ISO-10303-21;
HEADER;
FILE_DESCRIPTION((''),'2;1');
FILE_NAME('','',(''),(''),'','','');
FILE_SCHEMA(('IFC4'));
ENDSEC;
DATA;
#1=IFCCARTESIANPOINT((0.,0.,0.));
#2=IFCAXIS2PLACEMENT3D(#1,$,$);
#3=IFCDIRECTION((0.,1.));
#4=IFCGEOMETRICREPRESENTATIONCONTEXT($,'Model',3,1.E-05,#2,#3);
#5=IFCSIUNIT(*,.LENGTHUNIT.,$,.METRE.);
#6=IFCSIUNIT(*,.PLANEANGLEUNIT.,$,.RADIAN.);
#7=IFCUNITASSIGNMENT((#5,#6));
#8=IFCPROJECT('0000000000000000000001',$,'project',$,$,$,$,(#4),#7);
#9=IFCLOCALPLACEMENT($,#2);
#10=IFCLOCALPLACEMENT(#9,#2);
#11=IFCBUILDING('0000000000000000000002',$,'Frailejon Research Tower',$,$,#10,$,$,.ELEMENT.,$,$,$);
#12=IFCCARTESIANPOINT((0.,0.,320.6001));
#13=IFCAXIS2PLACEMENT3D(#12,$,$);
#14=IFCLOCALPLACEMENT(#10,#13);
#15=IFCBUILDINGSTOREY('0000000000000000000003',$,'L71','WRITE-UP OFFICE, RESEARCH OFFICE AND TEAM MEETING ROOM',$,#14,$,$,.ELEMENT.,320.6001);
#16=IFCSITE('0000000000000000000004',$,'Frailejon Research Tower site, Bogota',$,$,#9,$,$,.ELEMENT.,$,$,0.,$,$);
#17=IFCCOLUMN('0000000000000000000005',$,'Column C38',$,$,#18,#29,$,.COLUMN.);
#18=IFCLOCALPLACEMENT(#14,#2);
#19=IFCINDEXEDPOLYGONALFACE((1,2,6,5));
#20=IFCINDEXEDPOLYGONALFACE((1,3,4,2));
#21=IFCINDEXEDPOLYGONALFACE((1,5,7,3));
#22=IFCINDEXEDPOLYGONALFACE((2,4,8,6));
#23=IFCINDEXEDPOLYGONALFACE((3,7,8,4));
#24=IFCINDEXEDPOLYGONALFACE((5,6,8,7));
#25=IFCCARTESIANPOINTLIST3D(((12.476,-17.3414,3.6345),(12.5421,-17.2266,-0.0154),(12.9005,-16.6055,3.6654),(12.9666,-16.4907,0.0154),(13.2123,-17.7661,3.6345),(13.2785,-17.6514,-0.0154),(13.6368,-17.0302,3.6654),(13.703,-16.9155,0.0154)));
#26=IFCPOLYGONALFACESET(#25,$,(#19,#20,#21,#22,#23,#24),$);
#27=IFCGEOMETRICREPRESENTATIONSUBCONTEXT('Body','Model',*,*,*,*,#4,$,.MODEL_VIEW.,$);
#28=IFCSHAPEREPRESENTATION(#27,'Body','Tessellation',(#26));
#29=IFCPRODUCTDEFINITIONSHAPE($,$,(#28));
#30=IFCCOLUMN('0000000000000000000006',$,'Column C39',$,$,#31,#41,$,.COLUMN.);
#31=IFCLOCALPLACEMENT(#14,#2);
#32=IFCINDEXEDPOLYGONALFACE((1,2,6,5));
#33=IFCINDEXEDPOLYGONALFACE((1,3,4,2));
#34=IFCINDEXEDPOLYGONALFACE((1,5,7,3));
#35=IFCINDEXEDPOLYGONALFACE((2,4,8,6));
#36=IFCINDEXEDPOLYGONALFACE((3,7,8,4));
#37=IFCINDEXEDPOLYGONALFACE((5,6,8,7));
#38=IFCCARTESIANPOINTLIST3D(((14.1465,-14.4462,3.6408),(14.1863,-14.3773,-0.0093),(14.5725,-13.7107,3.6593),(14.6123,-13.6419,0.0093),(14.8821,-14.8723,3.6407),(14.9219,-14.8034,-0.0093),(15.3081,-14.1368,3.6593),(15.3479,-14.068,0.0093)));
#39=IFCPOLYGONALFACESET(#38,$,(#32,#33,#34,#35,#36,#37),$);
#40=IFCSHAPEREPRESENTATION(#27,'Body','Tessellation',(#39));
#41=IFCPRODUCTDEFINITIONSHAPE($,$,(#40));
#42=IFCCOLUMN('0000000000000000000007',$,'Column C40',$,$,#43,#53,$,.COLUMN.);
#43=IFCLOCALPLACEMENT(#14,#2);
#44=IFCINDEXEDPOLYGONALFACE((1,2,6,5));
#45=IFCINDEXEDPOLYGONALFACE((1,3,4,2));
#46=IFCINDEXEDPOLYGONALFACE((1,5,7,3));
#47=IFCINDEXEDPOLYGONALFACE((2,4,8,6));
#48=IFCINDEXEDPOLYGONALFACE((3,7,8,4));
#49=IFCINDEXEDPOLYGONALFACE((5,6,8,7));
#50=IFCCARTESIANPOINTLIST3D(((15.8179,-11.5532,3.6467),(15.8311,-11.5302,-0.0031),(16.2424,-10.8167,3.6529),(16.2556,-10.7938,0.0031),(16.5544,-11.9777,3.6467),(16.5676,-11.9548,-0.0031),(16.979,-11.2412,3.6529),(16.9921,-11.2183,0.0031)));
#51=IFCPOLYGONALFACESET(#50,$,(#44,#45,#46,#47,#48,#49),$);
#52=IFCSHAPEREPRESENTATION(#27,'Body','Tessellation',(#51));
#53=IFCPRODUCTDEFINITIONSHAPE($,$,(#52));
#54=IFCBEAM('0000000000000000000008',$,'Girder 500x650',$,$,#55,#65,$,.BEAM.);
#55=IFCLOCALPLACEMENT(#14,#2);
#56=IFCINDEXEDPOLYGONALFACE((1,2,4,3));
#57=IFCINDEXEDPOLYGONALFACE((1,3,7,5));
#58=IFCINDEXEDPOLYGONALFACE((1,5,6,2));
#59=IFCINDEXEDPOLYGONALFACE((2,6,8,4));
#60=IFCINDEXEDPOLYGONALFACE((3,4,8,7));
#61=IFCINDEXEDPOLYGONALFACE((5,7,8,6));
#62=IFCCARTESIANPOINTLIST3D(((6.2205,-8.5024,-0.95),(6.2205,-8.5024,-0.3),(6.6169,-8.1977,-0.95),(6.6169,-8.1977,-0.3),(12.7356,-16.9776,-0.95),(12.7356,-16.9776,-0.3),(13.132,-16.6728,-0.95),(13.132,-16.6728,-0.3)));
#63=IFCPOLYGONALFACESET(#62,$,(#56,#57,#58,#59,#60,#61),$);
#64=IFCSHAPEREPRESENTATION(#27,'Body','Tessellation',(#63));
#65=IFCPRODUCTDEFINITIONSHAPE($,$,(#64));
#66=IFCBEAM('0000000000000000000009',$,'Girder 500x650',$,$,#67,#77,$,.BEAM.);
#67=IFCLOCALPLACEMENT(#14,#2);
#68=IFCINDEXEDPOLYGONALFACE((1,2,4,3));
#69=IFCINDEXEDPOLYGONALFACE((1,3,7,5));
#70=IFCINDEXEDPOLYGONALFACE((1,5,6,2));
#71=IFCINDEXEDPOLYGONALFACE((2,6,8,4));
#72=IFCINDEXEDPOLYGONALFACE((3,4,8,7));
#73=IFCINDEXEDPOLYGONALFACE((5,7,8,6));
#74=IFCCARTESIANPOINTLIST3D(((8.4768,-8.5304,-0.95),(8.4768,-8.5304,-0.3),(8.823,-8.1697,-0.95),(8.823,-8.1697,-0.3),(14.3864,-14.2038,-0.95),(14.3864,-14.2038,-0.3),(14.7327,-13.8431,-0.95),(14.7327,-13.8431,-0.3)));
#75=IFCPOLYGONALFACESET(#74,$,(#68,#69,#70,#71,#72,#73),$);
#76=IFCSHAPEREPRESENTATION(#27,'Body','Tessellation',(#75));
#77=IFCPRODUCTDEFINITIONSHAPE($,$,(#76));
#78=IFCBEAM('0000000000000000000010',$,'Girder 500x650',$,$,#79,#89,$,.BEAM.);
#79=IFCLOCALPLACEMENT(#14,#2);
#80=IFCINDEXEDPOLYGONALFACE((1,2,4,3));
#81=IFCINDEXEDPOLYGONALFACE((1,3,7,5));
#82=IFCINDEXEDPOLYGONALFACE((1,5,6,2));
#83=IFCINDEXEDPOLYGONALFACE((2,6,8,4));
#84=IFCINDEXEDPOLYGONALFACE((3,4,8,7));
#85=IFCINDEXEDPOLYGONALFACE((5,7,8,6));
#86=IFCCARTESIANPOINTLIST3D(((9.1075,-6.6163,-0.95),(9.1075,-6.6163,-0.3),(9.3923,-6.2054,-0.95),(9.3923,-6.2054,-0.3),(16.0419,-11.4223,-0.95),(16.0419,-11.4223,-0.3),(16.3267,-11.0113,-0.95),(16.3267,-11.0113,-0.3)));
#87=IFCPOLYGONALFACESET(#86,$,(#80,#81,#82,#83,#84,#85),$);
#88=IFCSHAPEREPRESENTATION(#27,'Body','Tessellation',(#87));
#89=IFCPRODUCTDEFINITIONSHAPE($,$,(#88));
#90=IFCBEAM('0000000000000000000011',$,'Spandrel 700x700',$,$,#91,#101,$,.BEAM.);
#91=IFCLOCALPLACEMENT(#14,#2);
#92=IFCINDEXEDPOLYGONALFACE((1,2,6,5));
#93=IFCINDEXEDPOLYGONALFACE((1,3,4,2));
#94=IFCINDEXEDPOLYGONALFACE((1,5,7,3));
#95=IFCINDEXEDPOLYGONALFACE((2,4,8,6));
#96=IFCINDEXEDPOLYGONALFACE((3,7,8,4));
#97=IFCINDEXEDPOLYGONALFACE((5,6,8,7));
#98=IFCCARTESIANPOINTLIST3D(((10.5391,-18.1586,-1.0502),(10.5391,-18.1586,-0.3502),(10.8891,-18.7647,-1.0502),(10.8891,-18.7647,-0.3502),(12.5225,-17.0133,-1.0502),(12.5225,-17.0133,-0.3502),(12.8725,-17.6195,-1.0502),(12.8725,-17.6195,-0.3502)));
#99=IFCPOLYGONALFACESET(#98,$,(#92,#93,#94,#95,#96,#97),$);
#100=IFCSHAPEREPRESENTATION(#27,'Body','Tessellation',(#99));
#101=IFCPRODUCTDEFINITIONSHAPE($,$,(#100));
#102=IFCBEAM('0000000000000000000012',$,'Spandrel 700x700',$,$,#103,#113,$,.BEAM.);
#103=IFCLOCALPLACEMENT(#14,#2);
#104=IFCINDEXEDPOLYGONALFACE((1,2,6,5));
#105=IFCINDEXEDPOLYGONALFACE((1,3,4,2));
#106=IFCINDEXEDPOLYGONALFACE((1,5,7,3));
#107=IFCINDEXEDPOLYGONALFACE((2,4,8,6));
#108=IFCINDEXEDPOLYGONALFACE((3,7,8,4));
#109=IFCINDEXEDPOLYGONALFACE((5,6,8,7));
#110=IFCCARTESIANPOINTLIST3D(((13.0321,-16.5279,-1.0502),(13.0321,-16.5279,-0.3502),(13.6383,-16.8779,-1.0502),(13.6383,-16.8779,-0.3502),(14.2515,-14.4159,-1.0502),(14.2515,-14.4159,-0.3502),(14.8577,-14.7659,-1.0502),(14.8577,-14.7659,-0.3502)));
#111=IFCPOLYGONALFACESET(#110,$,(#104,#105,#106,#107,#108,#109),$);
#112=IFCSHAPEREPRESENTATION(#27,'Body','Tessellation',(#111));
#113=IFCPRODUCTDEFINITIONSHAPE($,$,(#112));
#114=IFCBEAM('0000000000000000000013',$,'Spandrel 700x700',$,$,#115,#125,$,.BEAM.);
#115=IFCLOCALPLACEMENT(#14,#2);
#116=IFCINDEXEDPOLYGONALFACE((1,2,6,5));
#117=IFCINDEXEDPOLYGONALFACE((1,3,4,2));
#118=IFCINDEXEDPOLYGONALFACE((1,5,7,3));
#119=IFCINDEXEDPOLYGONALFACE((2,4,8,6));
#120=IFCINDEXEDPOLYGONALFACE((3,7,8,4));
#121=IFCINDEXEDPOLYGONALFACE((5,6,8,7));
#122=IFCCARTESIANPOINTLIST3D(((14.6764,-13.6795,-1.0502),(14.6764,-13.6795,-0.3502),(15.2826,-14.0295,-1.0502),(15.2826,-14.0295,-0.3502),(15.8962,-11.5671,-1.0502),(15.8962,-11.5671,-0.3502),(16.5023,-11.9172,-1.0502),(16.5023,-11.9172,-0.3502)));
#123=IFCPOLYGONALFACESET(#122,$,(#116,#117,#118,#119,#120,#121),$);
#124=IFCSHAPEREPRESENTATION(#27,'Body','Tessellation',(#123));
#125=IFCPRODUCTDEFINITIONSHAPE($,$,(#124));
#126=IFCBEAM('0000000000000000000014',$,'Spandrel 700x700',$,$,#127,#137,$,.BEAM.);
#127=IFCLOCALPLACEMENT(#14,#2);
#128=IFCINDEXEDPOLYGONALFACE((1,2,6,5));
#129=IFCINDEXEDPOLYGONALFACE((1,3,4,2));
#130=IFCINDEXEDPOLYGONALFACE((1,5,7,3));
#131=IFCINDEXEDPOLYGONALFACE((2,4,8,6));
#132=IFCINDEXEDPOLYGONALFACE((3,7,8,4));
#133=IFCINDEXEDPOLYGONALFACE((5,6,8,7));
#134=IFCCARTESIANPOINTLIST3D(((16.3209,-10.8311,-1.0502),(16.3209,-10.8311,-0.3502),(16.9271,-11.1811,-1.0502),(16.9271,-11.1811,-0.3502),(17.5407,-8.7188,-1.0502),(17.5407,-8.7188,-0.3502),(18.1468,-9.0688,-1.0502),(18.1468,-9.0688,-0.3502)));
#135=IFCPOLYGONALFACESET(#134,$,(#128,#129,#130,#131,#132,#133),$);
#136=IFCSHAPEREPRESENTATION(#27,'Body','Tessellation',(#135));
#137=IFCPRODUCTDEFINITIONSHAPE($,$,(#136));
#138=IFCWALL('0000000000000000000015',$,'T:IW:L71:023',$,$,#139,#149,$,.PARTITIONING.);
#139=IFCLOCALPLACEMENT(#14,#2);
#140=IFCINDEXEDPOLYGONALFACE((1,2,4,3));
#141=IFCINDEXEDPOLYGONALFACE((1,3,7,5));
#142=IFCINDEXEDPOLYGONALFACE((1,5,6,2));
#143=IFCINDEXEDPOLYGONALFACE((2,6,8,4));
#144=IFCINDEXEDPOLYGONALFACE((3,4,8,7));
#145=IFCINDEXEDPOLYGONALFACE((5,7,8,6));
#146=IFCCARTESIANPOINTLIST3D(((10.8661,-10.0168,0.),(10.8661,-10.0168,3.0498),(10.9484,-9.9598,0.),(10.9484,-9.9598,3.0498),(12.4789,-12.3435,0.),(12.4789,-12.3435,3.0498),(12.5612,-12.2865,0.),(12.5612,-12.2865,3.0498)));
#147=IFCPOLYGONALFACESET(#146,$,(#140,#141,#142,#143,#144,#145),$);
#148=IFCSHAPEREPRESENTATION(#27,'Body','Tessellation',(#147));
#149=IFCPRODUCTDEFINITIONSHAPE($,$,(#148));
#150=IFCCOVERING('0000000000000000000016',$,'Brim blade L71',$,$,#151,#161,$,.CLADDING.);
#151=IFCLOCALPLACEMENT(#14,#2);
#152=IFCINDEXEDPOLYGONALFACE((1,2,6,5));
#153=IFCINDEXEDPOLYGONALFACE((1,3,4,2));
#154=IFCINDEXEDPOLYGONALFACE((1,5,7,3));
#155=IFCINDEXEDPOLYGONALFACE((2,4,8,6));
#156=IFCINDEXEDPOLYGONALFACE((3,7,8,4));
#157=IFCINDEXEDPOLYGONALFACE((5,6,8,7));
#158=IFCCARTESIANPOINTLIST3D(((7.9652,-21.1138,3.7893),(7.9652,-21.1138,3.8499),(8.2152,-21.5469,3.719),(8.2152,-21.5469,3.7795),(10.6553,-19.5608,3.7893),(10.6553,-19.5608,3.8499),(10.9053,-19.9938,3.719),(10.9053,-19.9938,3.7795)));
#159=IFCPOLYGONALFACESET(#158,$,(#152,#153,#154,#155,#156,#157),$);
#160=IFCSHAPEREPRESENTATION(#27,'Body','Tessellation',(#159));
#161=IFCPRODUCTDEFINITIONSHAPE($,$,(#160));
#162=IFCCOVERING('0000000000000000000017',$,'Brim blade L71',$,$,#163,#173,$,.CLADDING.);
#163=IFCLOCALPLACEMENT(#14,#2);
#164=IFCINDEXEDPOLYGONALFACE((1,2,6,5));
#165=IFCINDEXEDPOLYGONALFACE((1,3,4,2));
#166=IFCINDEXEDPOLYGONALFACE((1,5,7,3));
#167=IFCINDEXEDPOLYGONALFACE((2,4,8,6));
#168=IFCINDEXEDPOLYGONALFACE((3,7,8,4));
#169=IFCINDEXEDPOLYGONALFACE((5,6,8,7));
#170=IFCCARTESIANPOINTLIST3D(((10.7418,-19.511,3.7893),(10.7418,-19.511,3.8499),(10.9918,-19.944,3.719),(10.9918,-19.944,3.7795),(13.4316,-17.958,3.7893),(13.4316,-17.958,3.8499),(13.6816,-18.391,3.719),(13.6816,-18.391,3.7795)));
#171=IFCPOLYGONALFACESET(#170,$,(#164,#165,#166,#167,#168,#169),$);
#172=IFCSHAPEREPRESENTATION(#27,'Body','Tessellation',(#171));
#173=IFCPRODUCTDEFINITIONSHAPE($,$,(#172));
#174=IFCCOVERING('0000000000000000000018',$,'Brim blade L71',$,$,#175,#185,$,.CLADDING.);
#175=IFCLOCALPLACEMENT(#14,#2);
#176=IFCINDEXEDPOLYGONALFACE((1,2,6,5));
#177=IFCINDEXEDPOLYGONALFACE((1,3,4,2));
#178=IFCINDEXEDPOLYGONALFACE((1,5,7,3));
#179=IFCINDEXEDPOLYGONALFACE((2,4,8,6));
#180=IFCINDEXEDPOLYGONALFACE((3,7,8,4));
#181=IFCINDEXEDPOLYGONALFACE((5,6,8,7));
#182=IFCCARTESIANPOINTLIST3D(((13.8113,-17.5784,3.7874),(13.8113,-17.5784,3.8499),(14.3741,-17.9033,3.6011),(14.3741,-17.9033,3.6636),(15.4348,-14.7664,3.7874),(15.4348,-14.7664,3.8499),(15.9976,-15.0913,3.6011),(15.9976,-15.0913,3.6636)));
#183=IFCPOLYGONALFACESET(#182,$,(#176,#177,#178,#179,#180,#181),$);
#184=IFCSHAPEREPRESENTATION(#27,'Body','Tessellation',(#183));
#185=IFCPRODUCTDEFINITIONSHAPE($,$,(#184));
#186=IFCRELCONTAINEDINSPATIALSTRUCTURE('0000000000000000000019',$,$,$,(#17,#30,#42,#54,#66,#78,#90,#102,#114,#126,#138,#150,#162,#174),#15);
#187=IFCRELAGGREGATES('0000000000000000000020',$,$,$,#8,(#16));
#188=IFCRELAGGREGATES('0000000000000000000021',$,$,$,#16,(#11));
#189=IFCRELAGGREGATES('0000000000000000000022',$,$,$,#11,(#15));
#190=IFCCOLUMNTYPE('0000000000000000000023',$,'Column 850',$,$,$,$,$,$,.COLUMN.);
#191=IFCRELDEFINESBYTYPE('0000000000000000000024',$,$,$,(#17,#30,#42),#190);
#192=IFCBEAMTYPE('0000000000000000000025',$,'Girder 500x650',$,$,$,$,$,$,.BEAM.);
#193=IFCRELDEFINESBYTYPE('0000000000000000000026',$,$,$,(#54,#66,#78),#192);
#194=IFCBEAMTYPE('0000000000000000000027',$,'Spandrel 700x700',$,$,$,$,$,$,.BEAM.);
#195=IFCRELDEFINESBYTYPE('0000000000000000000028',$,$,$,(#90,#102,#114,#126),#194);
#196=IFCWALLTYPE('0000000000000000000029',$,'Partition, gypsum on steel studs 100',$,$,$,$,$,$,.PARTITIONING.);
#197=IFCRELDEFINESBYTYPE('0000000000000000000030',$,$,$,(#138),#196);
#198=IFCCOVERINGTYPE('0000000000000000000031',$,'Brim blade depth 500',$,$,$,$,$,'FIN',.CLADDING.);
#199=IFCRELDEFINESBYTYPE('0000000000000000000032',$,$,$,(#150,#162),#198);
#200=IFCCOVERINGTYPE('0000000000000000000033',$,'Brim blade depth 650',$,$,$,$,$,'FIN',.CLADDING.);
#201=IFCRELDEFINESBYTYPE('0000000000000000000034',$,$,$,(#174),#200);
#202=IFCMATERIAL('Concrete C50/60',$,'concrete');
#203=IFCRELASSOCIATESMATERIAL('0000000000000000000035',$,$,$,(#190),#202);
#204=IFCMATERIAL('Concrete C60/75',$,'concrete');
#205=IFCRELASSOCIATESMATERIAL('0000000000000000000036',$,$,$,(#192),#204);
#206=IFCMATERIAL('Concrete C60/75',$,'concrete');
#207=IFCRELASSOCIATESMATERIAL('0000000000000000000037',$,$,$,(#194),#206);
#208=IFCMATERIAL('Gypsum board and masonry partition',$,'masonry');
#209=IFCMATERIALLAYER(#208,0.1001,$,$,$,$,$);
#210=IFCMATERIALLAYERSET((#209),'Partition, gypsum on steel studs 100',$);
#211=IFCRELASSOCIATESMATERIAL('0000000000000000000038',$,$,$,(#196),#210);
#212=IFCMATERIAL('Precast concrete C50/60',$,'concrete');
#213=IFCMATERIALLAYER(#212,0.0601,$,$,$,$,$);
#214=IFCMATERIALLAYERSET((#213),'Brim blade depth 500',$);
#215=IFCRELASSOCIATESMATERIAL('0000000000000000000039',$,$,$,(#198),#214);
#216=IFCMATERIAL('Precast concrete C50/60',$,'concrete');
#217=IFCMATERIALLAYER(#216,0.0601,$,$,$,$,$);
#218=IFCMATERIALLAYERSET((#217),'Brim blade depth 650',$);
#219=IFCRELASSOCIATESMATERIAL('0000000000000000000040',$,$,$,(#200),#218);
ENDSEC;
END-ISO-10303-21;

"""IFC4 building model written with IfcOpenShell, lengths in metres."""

from ifc_helpers import new_model, si_unit, direction, frame, frame_2d, origin, origin_2d, place, context, subcontext, project, spatial, polyline, rectangle, outline, extrude, material, layer, layer_set, material_profile, profile_set, type_object, element, save


model = new_model("IFC4")

# Units and contexts
model_context = context("Model", 3, precision=1e-05, world=origin(), true_north=direction((0.0, 1.0)))
body_context = subcontext(model_context, "Body", "Model", "MODEL_VIEW")
ifc_project = project(units=[si_unit("LENGTHUNIT", "METRE"), si_unit("PLANEANGLEUNIT", "RADIAN")], contexts=[model_context])

# Site, building, storey
site_placement = place(None, origin())
site = spatial("IfcSite", under=ifc_project, at=site_placement, Name="Frailejon Research Tower site, Bogota", CompositionType="ELEMENT", RefElevation=0.0)
building_placement = place(site_placement, origin())
building = spatial("IfcBuilding", under=site, at=building_placement, Name="Frailejon Research Tower", CompositionType="ELEMENT")
storey_placement = place(building_placement, frame((0.0, 0.0, 320.6001)))
storey = spatial("IfcBuildingStorey", under=building, at=storey_placement, Name="L71", Description="WRITE-UP OFFICE, RESEARCH OFFICE AND TEAM MEETING ROOM", CompositionType="ELEMENT", Elevation=320.6001)

# Columns
ifc_material_1 = material(Name="Concrete C50/60", Category="concrete")
ifc_material_profile_1 = material_profile(ifc_material_1, rectangle(XDim=0.8501, YDim=0.8501, at=origin_2d()), Name="Column 850")
ifc_profile_set_1 = profile_set([ifc_material_profile_1], Name="Concrete C50/60")
column_type = type_object("IfcColumnType", Name="Column 850", PredefinedType="COLUMN", material=ifc_profile_set_1)
column_1_placement = place(storey_placement, frame((13.1226, -17.071, 0.0), z_axis=(-0.018115, -0.031417, 0.999342), x_axis=(0.49934, 0.865647, 0.036266)))
element("IfcColumn", 1, at=column_1_placement, inside=storey, type_object=column_type, Name="Column C38", PredefinedType="COLUMN", context=body_context, shape_type="SweptSolid", body=[
    extrude(rectangle(XDim=0.8501, YDim=0.8501, at=origin_2d()), origin(), (0.0, 0.0, 1.0), 3.6523),
])
column_2_placement = place(storey_placement, frame((14.7671, -14.2227, 0.0), z_axis=(-0.0109, -0.018858, 0.999763), x_axis=(0.501086, 0.865123, 0.021782)))
element("IfcColumn", 2, at=column_2_placement, inside=storey, type_object=column_type, Name="Column C39", PredefinedType="COLUMN", context=body_context, shape_type="SweptSolid", body=[
    extrude(rectangle(XDim=0.8501, YDim=0.8501, at=origin_2d()), origin(), (0.0, 0.0, 1.0), 3.6509),
])
column_3_placement = place(storey_placement, frame((16.4116, -11.3743, 0.0), z_axis=(-0.003612, -0.006287, 0.999974), x_axis=(0.499382, 0.866352, 0.007251)))
element("IfcColumn", 3, at=column_3_placement, inside=storey, type_object=column_type, Name="Column C40", PredefinedType="COLUMN", context=body_context, shape_type="SweptSolid", body=[
    extrude(rectangle(XDim=0.8501, YDim=0.8501, at=origin_2d()), origin(), (0.0, 0.0, 1.0), 3.6499),
])

# Beams
ifc_material_2 = material(Name="Concrete C60/75", Category="concrete")
ifc_material_profile_2 = material_profile(ifc_material_2, rectangle(XDim=0.5, YDim=0.6499, at=origin_2d()), Name="Girder 500x650")
ifc_profile_set_2 = profile_set([ifc_material_profile_2], Name="Concrete C60/75")
beam_type_1 = type_object("IfcBeamType", Name="Girder 500x650", PredefinedType="BEAM", material=ifc_profile_set_2)
beam_1_placement = place(storey_placement, frame((12.9338, -16.8252, -0.625), z_axis=(-0.609466, 0.792812, 0.0), x_axis=(-0.792812, -0.609466, 0.0)))
element("IfcBeam", 4, at=beam_1_placement, inside=storey, type_object=beam_type_1, Name="Girder 500x650", PredefinedType="BEAM", context=body_context, shape_type="SweptSolid", body=[
    extrude(rectangle(XDim=0.5, YDim=0.6499, at=origin_2d()), origin(), (0.0, 0.0, 1.0), 10.6899),
])
beam_2_placement = place(storey_placement, frame((14.5596, -14.0234, -0.625), z_axis=(-0.721384, 0.692536, 0.0), x_axis=(-0.692536, -0.721384, 0.0)))
element("IfcBeam", 5, at=beam_2_placement, inside=storey, type_object=beam_type_1, Name="Girder 500x650", PredefinedType="BEAM", context=body_context, shape_type="SweptSolid", body=[
    extrude(rectangle(XDim=0.5, YDim=0.6499, at=origin_2d()), origin(), (0.0, 0.0, 1.0), 8.1921),
])
beam_3_placement = place(storey_placement, frame((16.1843, -11.2168, -0.625), z_axis=(-0.821902, 0.569628, 0.0), x_axis=(-0.569628, -0.821902, 0.0)))
element("IfcBeam", 6, at=beam_3_placement, inside=storey, type_object=beam_type_1, Name="Girder 500x650", PredefinedType="BEAM", context=body_context, shape_type="SweptSolid", body=[
    extrude(rectangle(XDim=0.5, YDim=0.6499, at=origin_2d()), origin(), (0.0, 0.0, 1.0), 8.437),
])
ifc_material_3 = material(Name="Concrete C60/75", Category="concrete")
ifc_material_profile_3 = material_profile(ifc_material_3, rectangle(XDim=0.7, YDim=0.7, at=origin_2d()), Name="Spandrel 700x700")
ifc_profile_set_3 = profile_set([ifc_material_profile_3], Name="Concrete C60/75")
beam_type_2 = type_object("IfcBeamType", Name="Spandrel 700x700", PredefinedType="BEAM", material=ifc_profile_set_3)
beam_4_placement = place(storey_placement, frame((10.7141, -18.4617, -0.7002), z_axis=(0.865997, 0.500048, 0.0), x_axis=(-0.500048, 0.865997, 0.0)))
element("IfcBeam", 7, at=beam_4_placement, inside=storey, type_object=beam_type_2, Name="Spandrel 700x700", PredefinedType="BEAM", context=body_context, shape_type="SweptSolid", body=[
    extrude(rectangle(XDim=0.7, YDim=0.7, at=origin_2d()), origin(), (0.0, 0.0, 1.0), 2.2903),
])
beam_5_placement = place(storey_placement, frame((13.3352, -16.7029, -0.7002), z_axis=(0.500026, 0.866011, 0.0), x_axis=(-0.866011, 0.500026, 0.0)))
element("IfcBeam", 8, at=beam_5_placement, inside=storey, type_object=beam_type_2, Name="Spandrel 700x700", PredefinedType="BEAM", context=body_context, shape_type="SweptSolid", body=[
    extrude(rectangle(XDim=0.7, YDim=0.7, at=origin_2d()), origin(), (0.0, 0.0, 1.0), 2.4387),
])
for number, where, z_axis, x_axis, name in (
    (9, (14.9795, -13.8545, -0.7002), (0.500057, 0.865992, 0.0), (-0.865992, 0.500057, 0.0), "Spandrel 700x700"),
    (10, (16.624, -11.0061, -0.7002), (0.500057, 0.865992, 0.0), (-0.865992, 0.500057, 0.0), "Spandrel 700x700"),
):
    element("IfcBeam", number, at=place(storey_placement, frame(where, z_axis=z_axis, x_axis=x_axis)), inside=storey, type_object=beam_type_2, Name=name, PredefinedType="BEAM", context=body_context, shape_type="SweptSolid", body=[
        extrude(rectangle(XDim=0.7, YDim=0.7, at=origin_2d()), origin(), (0.0, 0.0, 1.0), 2.4392),
    ])

# Wall
ifc_material_4 = material(Name="Gypsum board and masonry partition", Category="masonry")
ifc_layer_1 = layer(ifc_material_4, 0.1001)
ifc_layer_set_1 = layer_set([ifc_layer_1], Name="Partition, gypsum on steel studs 100")
wall_type_1 = type_object("IfcWallType", Name="Partition, gypsum on steel studs 100", PredefinedType="PARTITIONING", material=ifc_layer_set_1)
wall_1_placement = place(storey_placement, frame((10.9072, -9.9883, 0.0), z_axis=(0.0, 0.0, 1.0), x_axis=(0.569694, -0.821857, 0.0)))
element("IfcWall", 11, at=wall_1_placement, inside=storey, type_object=wall_type_1, Name="T:IW:L71:023", PredefinedType="PARTITIONING", context=body_context, shape_type="SweptSolid", body=[
    extrude(rectangle(XDim=2.8311, YDim=0.1001, at=frame_2d((1.4155, 0.0))), origin(), (0.0, 0.0, 1.0), 3.0498),
])

# Coverings
ifc_material_5 = material(Name="Precast concrete C50/60", Category="concrete")
ifc_layer_2 = layer(ifc_material_5, 0.0601)
ifc_layer_set_2 = layer_set([ifc_layer_2], Name="Brim blade depth 500")
covering_type_1 = type_object("IfcCoveringType", Name="Brim blade depth 500", ElementType="FIN", PredefinedType="CLADDING", material=ifc_layer_set_2)
covering_1_placement = place(storey_placement, frame((10.6553, -19.5608, 3.8499), z_axis=(-0.866035, -0.499983, 0.0), x_axis=(0.499983, -0.866035, 0.0)))
element("IfcCovering", 12, at=covering_1_placement, inside=storey, type_object=covering_type_1, Name="Brim blade L71", PredefinedType="CLADDING", context=body_context, shape_type="SweptSolid", body=[
    extrude(outline(polyline([(0.0, -0.0605), (0.5, -0.1309), (0.5, -0.0703), (0.0, 0.0), (0.0, -0.0605)])), origin(), (0.0, 0.0, 1.0), 3.1062),
])
covering_2_placement = place(storey_placement, frame((13.4316, -17.958, 3.8499), z_axis=(-0.866027, -0.499997, 0.0), x_axis=(0.499997, -0.866027, 0.0)))
element("IfcCovering", 13, at=covering_2_placement, inside=storey, type_object=covering_type_1, Name="Brim blade L71", PredefinedType="CLADDING", context=body_context, shape_type="SweptSolid", body=[
    extrude(outline(polyline([(0.0, -0.0605), (0.5, -0.1309), (0.5, -0.0703), (0.0, 0.0), (0.0, -0.0605)])), origin(), (0.0, 0.0, 1.0), 3.106),
])
ifc_material_6 = material(Name="Precast concrete C50/60", Category="concrete")
ifc_layer_3 = layer(ifc_material_6, 0.0601)
ifc_layer_set_3 = layer_set([ifc_layer_3], Name="Brim blade depth 650")
covering_type_2 = type_object("IfcCoveringType", Name="Brim blade depth 650", ElementType="FIN", PredefinedType="CLADDING", material=ifc_layer_set_3)
covering_3_placement = place(storey_placement, frame((15.4348, -14.7664, 3.8499), z_axis=(-0.500008, -0.866021, 0.0), x_axis=(0.866021, -0.500008, 0.0)))
element("IfcCovering", 14, at=covering_3_placement, inside=storey, type_object=covering_type_2, Name="Brim blade L71", PredefinedType="CLADDING", context=body_context, shape_type="SweptSolid", body=[
    extrude(outline(polyline([(0.0, -0.0625), (0.6499, -0.2488), (0.6499, -0.1863), (0.0, 0.0), (0.0, -0.0625)])), origin(), (0.0, 0.0, 1.0), 3.2471),
])

save(model, "model.ifc")
